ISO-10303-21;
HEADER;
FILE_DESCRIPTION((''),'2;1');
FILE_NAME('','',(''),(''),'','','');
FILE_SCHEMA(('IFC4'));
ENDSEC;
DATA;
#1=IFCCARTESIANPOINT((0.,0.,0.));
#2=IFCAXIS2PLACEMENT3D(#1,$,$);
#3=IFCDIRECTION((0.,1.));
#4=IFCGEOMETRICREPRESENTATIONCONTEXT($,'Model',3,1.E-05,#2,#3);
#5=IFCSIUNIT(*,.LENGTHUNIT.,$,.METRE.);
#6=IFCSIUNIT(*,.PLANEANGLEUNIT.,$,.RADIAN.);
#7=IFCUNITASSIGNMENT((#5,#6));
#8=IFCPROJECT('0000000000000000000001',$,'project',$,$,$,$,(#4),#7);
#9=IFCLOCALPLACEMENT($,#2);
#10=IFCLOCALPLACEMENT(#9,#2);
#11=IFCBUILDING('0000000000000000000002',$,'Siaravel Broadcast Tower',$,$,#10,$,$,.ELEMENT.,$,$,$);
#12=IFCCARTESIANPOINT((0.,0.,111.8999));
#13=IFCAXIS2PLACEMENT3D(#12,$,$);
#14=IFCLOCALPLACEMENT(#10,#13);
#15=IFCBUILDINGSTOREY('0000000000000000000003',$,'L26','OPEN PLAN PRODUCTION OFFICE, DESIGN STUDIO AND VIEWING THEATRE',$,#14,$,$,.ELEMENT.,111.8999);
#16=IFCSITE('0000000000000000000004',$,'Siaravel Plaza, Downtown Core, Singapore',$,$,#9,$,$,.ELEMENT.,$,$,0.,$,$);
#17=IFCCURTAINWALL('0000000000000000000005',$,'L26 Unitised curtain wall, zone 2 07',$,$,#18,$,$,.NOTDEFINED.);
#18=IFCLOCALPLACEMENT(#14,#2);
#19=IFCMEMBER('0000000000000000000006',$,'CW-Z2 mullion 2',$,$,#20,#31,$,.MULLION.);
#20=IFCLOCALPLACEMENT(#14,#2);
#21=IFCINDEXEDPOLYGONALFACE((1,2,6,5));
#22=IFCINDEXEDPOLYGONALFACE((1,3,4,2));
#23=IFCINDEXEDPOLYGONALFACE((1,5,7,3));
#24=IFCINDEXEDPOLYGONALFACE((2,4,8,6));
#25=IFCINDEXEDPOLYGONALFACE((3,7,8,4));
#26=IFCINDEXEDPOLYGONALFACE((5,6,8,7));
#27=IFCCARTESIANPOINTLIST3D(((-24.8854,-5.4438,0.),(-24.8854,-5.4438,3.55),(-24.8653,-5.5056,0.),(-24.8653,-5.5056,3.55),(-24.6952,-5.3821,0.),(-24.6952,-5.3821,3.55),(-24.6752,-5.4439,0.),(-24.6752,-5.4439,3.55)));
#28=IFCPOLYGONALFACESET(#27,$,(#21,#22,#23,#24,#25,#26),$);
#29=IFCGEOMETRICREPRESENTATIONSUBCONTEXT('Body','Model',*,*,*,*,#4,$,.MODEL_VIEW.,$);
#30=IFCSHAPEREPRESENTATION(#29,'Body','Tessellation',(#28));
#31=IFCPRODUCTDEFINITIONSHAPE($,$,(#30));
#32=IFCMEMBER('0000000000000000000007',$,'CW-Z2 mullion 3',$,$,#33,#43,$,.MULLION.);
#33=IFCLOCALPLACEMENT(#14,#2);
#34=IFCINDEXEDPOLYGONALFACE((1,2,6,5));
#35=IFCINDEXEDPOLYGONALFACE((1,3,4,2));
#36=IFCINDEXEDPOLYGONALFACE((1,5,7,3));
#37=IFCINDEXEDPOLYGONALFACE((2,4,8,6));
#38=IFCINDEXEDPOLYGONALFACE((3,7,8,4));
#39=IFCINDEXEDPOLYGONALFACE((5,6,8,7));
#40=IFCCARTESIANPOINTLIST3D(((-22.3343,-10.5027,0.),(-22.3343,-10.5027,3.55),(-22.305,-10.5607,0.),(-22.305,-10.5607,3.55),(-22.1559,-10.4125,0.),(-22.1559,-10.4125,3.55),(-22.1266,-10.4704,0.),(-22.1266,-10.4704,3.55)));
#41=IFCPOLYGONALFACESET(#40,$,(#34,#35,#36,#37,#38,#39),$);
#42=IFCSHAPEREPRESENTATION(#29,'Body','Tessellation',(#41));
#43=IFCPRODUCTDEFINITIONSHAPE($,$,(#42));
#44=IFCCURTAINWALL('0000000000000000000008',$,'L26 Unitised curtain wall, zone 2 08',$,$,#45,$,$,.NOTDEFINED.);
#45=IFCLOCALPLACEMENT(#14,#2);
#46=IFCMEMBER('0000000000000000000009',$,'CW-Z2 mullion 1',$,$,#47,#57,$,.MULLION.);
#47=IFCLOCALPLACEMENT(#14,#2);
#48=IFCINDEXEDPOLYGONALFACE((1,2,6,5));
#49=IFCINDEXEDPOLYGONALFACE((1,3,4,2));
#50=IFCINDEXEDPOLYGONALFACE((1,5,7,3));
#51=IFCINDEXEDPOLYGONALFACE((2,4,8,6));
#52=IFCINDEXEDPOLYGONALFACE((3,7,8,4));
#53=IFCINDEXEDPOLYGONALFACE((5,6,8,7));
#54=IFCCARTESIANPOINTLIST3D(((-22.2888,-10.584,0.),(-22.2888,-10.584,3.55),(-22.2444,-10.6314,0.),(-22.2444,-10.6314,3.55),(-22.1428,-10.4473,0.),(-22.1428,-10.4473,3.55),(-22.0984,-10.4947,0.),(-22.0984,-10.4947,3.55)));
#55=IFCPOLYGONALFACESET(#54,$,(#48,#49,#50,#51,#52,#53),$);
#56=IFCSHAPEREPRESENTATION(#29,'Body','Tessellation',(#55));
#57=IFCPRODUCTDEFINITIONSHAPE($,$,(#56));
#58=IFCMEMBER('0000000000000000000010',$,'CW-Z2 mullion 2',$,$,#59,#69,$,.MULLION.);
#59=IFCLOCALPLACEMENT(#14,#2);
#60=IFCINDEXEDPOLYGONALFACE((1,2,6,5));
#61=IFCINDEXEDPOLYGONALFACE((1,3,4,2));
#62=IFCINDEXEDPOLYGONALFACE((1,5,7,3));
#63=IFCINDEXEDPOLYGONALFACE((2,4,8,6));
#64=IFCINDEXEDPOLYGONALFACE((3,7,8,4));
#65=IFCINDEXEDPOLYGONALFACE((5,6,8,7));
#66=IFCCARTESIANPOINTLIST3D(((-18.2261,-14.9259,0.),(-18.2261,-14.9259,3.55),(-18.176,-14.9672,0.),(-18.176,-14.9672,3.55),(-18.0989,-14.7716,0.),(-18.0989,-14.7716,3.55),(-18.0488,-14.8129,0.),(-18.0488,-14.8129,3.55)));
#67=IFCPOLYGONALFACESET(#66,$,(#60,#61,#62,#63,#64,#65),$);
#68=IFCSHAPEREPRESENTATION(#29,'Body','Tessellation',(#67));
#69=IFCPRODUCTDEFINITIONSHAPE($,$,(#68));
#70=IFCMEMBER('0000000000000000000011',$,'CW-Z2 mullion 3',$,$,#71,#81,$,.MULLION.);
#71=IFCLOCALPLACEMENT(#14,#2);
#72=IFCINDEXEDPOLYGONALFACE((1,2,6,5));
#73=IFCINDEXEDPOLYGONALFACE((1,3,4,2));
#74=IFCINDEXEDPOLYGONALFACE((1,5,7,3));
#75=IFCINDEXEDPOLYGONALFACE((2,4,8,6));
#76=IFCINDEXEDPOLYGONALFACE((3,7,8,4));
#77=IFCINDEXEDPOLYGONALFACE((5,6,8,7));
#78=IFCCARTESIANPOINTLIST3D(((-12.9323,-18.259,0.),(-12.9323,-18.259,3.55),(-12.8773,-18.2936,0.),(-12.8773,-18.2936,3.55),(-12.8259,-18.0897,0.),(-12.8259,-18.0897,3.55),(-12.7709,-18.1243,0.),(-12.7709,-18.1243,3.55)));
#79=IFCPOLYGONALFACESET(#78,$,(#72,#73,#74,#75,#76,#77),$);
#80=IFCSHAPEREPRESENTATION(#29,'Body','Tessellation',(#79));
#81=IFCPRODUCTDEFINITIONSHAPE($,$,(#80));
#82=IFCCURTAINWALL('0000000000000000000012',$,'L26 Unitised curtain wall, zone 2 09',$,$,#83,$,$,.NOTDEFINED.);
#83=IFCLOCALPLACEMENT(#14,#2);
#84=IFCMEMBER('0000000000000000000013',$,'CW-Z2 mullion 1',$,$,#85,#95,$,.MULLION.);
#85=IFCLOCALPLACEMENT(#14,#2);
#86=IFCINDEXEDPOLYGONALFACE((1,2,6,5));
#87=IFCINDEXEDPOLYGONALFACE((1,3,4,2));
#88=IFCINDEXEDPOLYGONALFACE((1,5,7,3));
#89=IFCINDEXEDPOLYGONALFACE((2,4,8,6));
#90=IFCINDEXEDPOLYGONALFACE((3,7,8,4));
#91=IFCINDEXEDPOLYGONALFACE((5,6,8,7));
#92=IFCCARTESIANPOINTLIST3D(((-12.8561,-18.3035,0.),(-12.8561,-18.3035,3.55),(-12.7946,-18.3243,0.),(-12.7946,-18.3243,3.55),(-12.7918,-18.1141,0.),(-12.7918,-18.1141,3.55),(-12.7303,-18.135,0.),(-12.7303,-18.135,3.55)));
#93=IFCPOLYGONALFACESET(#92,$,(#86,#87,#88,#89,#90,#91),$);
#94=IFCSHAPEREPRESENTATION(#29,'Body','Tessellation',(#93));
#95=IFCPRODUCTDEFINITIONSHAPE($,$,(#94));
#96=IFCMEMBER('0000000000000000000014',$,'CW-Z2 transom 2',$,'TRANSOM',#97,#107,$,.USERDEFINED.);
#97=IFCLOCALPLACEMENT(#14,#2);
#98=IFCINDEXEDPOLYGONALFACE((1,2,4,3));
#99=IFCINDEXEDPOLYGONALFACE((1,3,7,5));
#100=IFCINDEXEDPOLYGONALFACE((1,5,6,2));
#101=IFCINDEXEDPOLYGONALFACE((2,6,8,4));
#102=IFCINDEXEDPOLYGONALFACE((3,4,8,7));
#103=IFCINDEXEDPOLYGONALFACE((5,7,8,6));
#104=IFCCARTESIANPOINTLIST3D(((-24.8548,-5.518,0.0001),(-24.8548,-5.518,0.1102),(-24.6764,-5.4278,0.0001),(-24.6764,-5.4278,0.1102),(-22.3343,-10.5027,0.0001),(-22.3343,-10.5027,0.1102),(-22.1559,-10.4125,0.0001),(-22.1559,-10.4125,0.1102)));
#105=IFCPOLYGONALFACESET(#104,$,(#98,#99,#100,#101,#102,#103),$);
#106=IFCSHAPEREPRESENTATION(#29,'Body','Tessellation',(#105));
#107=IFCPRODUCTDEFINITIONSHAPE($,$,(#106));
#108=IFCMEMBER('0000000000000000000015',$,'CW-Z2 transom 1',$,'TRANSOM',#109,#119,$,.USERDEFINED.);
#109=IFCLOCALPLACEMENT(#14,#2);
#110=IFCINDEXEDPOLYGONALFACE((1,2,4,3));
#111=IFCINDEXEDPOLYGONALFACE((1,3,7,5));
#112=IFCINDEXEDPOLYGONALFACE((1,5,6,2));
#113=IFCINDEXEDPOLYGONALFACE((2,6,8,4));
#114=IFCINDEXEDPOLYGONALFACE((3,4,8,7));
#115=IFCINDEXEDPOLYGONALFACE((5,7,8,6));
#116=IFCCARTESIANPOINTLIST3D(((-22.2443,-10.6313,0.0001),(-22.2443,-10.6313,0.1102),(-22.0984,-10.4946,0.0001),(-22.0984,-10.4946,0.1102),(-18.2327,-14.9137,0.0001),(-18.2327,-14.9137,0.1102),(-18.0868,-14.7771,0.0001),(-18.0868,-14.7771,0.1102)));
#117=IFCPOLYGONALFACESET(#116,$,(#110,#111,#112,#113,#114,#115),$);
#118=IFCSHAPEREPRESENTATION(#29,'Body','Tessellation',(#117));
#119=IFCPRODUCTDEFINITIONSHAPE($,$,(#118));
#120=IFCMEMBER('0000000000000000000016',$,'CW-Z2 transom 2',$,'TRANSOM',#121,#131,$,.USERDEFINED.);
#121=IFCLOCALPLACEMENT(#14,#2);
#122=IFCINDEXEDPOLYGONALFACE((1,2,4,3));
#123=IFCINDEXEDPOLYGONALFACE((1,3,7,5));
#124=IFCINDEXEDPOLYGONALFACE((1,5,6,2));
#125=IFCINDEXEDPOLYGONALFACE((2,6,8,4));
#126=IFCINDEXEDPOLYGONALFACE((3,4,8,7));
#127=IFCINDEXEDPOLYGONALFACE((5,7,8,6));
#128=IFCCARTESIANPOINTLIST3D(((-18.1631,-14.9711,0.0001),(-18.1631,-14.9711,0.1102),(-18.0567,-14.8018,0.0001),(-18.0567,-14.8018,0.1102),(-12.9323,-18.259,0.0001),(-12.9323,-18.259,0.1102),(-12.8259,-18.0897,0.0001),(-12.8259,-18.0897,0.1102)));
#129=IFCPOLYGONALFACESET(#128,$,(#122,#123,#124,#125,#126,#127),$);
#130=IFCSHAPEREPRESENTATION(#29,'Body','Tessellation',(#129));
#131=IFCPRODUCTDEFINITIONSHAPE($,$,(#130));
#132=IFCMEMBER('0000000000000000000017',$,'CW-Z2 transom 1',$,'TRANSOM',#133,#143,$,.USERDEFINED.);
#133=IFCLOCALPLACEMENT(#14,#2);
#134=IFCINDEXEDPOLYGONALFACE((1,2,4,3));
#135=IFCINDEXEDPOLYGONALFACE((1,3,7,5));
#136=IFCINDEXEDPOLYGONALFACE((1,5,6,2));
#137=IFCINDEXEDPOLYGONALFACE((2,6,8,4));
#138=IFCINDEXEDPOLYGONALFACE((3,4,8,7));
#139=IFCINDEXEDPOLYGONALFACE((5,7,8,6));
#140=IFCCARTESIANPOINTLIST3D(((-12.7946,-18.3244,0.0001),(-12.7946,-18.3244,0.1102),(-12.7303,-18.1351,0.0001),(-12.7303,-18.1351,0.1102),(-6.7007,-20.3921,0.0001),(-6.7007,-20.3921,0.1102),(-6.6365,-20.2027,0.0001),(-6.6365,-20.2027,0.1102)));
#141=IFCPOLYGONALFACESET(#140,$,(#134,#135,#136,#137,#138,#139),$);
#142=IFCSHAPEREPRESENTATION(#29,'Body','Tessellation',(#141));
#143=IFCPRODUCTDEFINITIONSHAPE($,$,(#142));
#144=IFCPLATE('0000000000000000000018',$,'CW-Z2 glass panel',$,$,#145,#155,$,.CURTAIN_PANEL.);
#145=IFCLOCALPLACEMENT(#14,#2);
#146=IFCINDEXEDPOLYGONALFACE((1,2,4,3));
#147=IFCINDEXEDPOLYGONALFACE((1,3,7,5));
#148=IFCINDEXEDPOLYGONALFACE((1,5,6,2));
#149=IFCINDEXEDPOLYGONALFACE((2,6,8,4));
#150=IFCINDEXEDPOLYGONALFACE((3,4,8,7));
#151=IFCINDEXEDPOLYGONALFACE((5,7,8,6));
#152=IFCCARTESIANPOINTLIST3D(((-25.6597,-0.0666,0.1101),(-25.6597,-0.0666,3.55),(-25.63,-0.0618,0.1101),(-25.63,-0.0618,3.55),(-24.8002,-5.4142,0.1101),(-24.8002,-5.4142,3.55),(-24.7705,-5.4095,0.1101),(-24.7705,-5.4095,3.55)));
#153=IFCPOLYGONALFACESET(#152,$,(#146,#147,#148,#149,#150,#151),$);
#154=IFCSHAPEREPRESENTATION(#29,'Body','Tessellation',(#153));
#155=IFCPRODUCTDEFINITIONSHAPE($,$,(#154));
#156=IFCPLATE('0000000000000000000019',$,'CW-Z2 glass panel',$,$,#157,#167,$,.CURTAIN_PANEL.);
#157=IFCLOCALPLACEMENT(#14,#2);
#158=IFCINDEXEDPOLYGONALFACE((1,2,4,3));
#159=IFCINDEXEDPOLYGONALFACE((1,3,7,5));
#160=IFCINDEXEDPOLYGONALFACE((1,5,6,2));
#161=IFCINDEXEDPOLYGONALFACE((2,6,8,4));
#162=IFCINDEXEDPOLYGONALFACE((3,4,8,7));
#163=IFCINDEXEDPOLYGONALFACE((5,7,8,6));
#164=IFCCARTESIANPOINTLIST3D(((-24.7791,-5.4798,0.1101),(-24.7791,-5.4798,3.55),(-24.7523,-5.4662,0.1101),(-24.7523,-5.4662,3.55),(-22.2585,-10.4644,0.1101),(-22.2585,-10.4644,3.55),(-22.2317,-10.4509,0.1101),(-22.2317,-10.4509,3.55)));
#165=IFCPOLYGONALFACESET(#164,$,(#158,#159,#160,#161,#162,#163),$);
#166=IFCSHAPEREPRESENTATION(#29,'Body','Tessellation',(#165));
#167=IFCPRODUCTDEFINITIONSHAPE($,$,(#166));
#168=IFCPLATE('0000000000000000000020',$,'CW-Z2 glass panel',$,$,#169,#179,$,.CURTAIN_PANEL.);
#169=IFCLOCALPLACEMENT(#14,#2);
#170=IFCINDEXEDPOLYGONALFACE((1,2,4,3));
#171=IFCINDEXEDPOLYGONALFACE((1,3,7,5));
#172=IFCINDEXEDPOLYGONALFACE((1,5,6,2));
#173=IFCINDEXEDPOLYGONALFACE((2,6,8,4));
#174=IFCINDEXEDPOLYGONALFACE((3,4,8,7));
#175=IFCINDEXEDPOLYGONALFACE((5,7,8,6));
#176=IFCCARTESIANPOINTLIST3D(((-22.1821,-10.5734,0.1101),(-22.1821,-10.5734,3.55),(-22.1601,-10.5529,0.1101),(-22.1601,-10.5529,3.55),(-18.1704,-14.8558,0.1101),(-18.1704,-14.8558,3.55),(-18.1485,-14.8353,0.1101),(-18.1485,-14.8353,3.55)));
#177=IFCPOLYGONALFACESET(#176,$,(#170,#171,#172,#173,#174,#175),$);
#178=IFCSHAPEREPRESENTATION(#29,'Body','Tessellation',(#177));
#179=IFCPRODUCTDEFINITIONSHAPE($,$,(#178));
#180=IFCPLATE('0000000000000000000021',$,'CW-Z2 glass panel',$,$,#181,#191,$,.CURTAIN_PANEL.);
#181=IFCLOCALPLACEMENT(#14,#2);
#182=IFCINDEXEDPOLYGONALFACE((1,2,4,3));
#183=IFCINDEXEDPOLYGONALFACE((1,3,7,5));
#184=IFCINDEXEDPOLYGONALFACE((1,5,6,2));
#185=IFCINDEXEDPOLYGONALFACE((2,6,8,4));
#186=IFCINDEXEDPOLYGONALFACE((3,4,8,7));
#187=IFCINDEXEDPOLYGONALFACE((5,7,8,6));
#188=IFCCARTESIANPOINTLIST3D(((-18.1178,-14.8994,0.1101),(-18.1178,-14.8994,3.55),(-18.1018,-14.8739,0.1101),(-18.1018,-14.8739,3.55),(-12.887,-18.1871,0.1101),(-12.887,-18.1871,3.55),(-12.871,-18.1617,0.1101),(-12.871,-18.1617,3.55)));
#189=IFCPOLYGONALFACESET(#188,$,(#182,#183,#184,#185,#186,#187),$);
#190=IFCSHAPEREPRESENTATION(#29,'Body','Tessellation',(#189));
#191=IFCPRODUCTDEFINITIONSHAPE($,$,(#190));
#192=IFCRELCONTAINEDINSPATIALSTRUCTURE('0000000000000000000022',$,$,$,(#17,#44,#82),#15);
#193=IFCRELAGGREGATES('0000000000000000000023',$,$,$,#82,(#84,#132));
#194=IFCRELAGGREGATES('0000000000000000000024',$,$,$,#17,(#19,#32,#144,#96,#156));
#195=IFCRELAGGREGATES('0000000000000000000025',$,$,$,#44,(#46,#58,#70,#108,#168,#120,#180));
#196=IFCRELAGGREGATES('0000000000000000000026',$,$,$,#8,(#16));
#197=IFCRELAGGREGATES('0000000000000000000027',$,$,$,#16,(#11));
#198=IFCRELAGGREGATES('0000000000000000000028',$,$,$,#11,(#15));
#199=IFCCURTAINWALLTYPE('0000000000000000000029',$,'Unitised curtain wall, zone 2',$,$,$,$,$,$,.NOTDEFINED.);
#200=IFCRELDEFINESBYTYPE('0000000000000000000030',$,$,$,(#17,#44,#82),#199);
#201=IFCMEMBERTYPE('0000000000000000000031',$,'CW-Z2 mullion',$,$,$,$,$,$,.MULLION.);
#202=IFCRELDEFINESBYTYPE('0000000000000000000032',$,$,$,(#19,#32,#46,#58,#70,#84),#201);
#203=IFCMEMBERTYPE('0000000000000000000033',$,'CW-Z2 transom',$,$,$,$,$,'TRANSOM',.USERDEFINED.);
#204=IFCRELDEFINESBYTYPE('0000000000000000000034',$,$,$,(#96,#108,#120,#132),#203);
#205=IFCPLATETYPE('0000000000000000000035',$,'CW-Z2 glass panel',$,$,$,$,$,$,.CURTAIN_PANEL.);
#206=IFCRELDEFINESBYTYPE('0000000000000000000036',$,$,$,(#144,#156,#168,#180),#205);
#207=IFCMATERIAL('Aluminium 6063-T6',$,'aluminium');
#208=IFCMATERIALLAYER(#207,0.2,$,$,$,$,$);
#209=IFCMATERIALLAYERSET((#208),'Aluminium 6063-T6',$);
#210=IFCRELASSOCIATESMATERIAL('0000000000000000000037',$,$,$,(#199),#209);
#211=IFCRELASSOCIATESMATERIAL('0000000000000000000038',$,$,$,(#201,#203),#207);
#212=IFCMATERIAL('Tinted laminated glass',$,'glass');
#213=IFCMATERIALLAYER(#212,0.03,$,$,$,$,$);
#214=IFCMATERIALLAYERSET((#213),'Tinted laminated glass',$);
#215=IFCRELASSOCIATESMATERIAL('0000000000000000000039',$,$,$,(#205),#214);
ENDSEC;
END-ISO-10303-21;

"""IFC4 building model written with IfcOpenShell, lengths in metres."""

from ifc_helpers import new_model, si_unit, direction, frame, origin, origin_2d, place, context, subcontext, project, spatial, rectangle, extrude, material, layer, layer_set, material_profile, profile_set, type_object, element, aggregate, save


model = new_model("IFC4")

# Units and contexts
model_context = context("Model", 3, precision=1e-05, world=origin(), true_north=direction((0.0, 1.0)))
body_context = subcontext(model_context, "Body", "Model", "MODEL_VIEW")
ifc_project = project(units=[si_unit("LENGTHUNIT", "METRE"), si_unit("PLANEANGLEUNIT", "RADIAN")], contexts=[model_context])

# Site, building, storey
site_placement = place(None, origin())
site = spatial("IfcSite", under=ifc_project, at=site_placement, Name="Siaravel Plaza, Downtown Core, Singapore", CompositionType="ELEMENT", RefElevation=0.0)
building_placement = place(site_placement, origin())
building = spatial("IfcBuilding", under=site, at=building_placement, Name="Siaravel Broadcast Tower", CompositionType="ELEMENT")
storey_placement = place(building_placement, frame((0.0, 0.0, 111.8999)))
storey = spatial("IfcBuildingStorey", under=building, at=storey_placement, Name="L26", Description="OPEN PLAN PRODUCTION OFFICE, DESIGN STUDIO AND VIEWING THEATRE", CompositionType="ELEMENT", Elevation=111.8999)

# Curtain walls, members
ifc_material_1 = material(Name="Aluminium 6063-T6", Category="aluminium")
ifc_layer_1 = layer(ifc_material_1, 0.2)
ifc_layer_set_1 = layer_set([ifc_layer_1], Name="Aluminium 6063-T6")
curtain_wall_type = type_object("IfcCurtainWallType", Name="Unitised curtain wall, zone 2", PredefinedType="NOTDEFINED", material=ifc_layer_set_1)
curtain_wall_1_placement = place(storey_placement, origin())
curtain_wall_1 = element("IfcCurtainWall", 1, at=curtain_wall_1_placement, inside=storey, type_object=curtain_wall_type, Name="L26 Unitised curtain wall, zone 2 07", PredefinedType="NOTDEFINED")
ifc_material_profile_1 = material_profile(ifc_material_1, rectangle(XDim=0.2, YDim=0.0649, at=origin_2d()))
ifc_profile_set_1 = profile_set([ifc_material_profile_1], Name="Aluminium 6063-T6")
member_type_1 = type_object("IfcMemberType", Name="CW-Z2 mullion", PredefinedType="MULLION", material=ifc_profile_set_1)
member_1_placement = place(storey_placement, frame((-24.7803, -5.4438, 0.0), z_axis=(0.0, 0.0, 1.0), x_axis=(0.951177, 0.308646, 0.0)))
member_1 = element("IfcMember", 2, at=member_1_placement, type_object=member_type_1, Name="CW-Z2 mullion 2", PredefinedType="MULLION", context=body_context, shape_type="SweptSolid", body=[
    extrude(rectangle(XDim=0.2, YDim=0.0649, at=origin_2d()), origin(), (0.0, 0.0, 1.0), 3.55),
])
member_2_placement = place(storey_placement, frame((-22.2305, -10.4866, 0.0), z_axis=(0.0, 0.0, 1.0), x_axis=(0.892392, 0.451261, 0.0)))
member_2 = element("IfcMember", 3, at=member_2_placement, type_object=member_type_1, Name="CW-Z2 mullion 3", PredefinedType="MULLION", context=body_context, shape_type="SweptSolid", body=[
    extrude(rectangle(XDim=0.2, YDim=0.0649, at=origin_2d()), origin(), (0.0, 0.0, 1.0), 3.55),
])
curtain_wall_2_placement = place(storey_placement, origin())
curtain_wall_2 = element("IfcCurtainWall", 4, at=curtain_wall_2_placement, inside=storey, type_object=curtain_wall_type, Name="L26 Unitised curtain wall, zone 2 08", PredefinedType="NOTDEFINED")
member_3_placement = place(storey_placement, frame((-22.1936, -10.5393, 0.0), z_axis=(0.0, 0.0, 1.0), x_axis=(0.729805, 0.683655, 0.0)))
member_3 = element("IfcMember", 5, at=member_3_placement, type_object=member_type_1, Name="CW-Z2 mullion 1", PredefinedType="MULLION", context=body_context, shape_type="SweptSolid", body=[
    extrude(rectangle(XDim=0.2, YDim=0.0649, at=origin_2d()), origin(), (0.0, 0.0, 1.0), 3.55),
])
member_4_placement = place(storey_placement, frame((-18.1375, -14.8694, 0.0), z_axis=(0.0, 0.0, 1.0), x_axis=(0.636218, 0.771509, 0.0)))
member_4 = element("IfcMember", 6, at=member_4_placement, type_object=member_type_1, Name="CW-Z2 mullion 2", PredefinedType="MULLION", context=body_context, shape_type="SweptSolid", body=[
    extrude(rectangle(XDim=0.2, YDim=0.0649, at=origin_2d()), origin(), (0.0, 0.0, 1.0), 3.55),
])
member_5_placement = place(storey_placement, frame((-12.8516, -18.1917, 0.0), z_axis=(0.0, 0.0, 1.0), x_axis=(0.532149, 0.846651, 0.0)))
member_5 = element("IfcMember", 7, at=member_5_placement, type_object=member_type_1, Name="CW-Z2 mullion 3", PredefinedType="MULLION", context=body_context, shape_type="SweptSolid", body=[
    extrude(rectangle(XDim=0.2, YDim=0.0649, at=origin_2d()), origin(), (0.0, 0.0, 1.0), 3.55),
])

# Curtain wall, member
curtain_wall_3_placement = place(storey_placement, origin())
curtain_wall_3 = element("IfcCurtainWall", 8, at=curtain_wall_3_placement, inside=storey, type_object=curtain_wall_type, Name="L26 Unitised curtain wall, zone 2 09", PredefinedType="NOTDEFINED")
member_6_placement = place(storey_placement, frame((-12.7932, -18.2192, 0.0), z_axis=(0.0, 0.0, 1.0), x_axis=(0.321301, 0.946977, 0.0)))
member_6 = element("IfcMember", 9, at=member_6_placement, type_object=member_type_1, Name="CW-Z2 mullion 1", PredefinedType="MULLION", context=body_context, shape_type="SweptSolid", body=[
    extrude(rectangle(XDim=0.2, YDim=0.0649, at=origin_2d()), origin(), (0.0, 0.0, 1.0), 3.55),
])

# Members
ifc_material_profile_2 = material_profile(ifc_material_1, rectangle(XDim=0.2, YDim=0.1101, at=origin_2d()))
ifc_profile_set_2 = profile_set([ifc_material_profile_2], Name="Aluminium 6063-T6")
member_type_2 = type_object("IfcMemberType", Name="CW-Z2 transom", ElementType="TRANSOM", PredefinedType="USERDEFINED", material=ifc_profile_set_2)
member_7_placement = place(storey_placement, frame((-24.7656, -5.4729, 0.0552), z_axis=(0.451248, -0.892399, 0.0), x_axis=(0.892399, 0.451248, 0.0)))
member_7 = element("IfcMember", 10, at=member_7_placement, type_object=member_type_2, Name="CW-Z2 transom 2", ObjectType="TRANSOM", PredefinedType="USERDEFINED", context=body_context, shape_type="SweptSolid", body=[
    extrude(rectangle(XDim=0.2, YDim=0.1101, at=origin_2d()), origin(), (0.0, 0.0, 1.0), 5.5857),
])
member_8_placement = place(storey_placement, frame((-22.1714, -10.563, 0.0552), z_axis=(0.68366, -0.729801, 0.0), x_axis=(0.729801, 0.68366, 0.0)))
member_8 = element("IfcMember", 11, at=member_8_placement, type_object=member_type_2, Name="CW-Z2 transom 1", ObjectType="TRANSOM", PredefinedType="USERDEFINED", context=body_context, shape_type="SweptSolid", body=[
    extrude(rectangle(XDim=0.2, YDim=0.1101, at=origin_2d()), origin(), (0.0, 0.0, 1.0), 5.8679),
])
member_9_placement = place(storey_placement, frame((-18.1099, -14.8865, 0.0552), z_axis=(0.846639, -0.532167, 0.0), x_axis=(0.532167, 0.846639, 0.0)))
member_9 = element("IfcMember", 12, at=member_9_placement, type_object=member_type_2, Name="CW-Z2 transom 2", ObjectType="TRANSOM", PredefinedType="USERDEFINED", context=body_context, shape_type="SweptSolid", body=[
    extrude(rectangle(XDim=0.2, YDim=0.1101, at=origin_2d()), origin(), (0.0, 0.0, 1.0), 6.1782),
])
member_10_placement = place(storey_placement, frame((-12.7625, -18.2297, 0.0552), z_axis=(0.946974, -0.321311, 0.0), x_axis=(0.321311, 0.946974, 0.0)))
member_10 = element("IfcMember", 13, at=member_10_placement, type_object=member_type_2, Name="CW-Z2 transom 1", ObjectType="TRANSOM", PredefinedType="USERDEFINED", context=body_context, shape_type="SweptSolid", body=[
    extrude(rectangle(XDim=0.2, YDim=0.1101, at=origin_2d()), origin(), (0.0, 0.0, 1.0), 6.4351),
])
aggregate(curtain_wall_3, [member_6, member_10])

# Plates
ifc_material_2 = material(Name="Tinted laminated glass", Category="glass")
ifc_layer_2 = layer(ifc_material_2, 0.03)
ifc_layer_set_2 = layer_set([ifc_layer_2], Name="Tinted laminated glass")
plate_type = type_object("IfcPlateType", Name="CW-Z2 glass panel", PredefinedType="CURTAIN_PANEL", material=ifc_layer_set_2)
plate_1_placement = place(storey_placement, frame((-25.2151, -2.738, 0.1101), z_axis=(0.0, 0.0, 1.0), x_axis=(0.158686, -0.987329, 0.0)))
plate_1 = element("IfcPlate", 14, at=plate_1_placement, type_object=plate_type, Name="CW-Z2 glass panel", PredefinedType="CURTAIN_PANEL", context=body_context, shape_type="SweptSolid", body=[
    extrude(rectangle(XDim=5.4163, YDim=0.03, at=origin_2d()), origin(), (0.0, 0.0, 1.0), 3.4399),
])
plate_2_placement = place(storey_placement, frame((-23.5054, -7.9653, 0.1101), z_axis=(0.0, 0.0, 1.0), x_axis=(0.451261, -0.892392, 0.0)))
plate_2 = element("IfcPlate", 15, at=plate_2_placement, type_object=plate_type, Name="CW-Z2 glass panel", PredefinedType="CURTAIN_PANEL", context=body_context, shape_type="SweptSolid", body=[
    extrude(rectangle(XDim=5.5857, YDim=0.03, at=origin_2d()), origin(), (0.0, 0.0, 1.0), 3.4399),
])
aggregate(curtain_wall_1, [member_1, member_2, plate_1, member_7, plate_2])
plate_3_placement = place(storey_placement, frame((-20.1653, -12.7043, 0.1101), z_axis=(0.0, 0.0, 1.0), x_axis=(0.683655, -0.729805, 0.0)))
plate_3 = element("IfcPlate", 16, at=plate_3_placement, type_object=plate_type, Name="CW-Z2 glass panel", PredefinedType="CURTAIN_PANEL", context=body_context, shape_type="SweptSolid", body=[
    extrude(rectangle(XDim=5.8679, YDim=0.03, at=origin_2d()), origin(), (0.0, 0.0, 1.0), 3.4399),
])
plate_4_placement = place(storey_placement, frame((-15.4944, -16.5305, 0.1101), z_axis=(0.0, 0.0, 1.0), x_axis=(0.846651, -0.532149, 0.0)))
plate_4 = element("IfcPlate", 17, at=plate_4_placement, type_object=plate_type, Name="CW-Z2 glass panel", PredefinedType="CURTAIN_PANEL", context=body_context, shape_type="SweptSolid", body=[
    extrude(rectangle(XDim=6.1782, YDim=0.03, at=origin_2d()), origin(), (0.0, 0.0, 1.0), 3.4399),
])
aggregate(curtain_wall_2, [member_3, member_4, member_5, member_8, plate_3, member_9, plate_4])

save(model, "model.ifc")
